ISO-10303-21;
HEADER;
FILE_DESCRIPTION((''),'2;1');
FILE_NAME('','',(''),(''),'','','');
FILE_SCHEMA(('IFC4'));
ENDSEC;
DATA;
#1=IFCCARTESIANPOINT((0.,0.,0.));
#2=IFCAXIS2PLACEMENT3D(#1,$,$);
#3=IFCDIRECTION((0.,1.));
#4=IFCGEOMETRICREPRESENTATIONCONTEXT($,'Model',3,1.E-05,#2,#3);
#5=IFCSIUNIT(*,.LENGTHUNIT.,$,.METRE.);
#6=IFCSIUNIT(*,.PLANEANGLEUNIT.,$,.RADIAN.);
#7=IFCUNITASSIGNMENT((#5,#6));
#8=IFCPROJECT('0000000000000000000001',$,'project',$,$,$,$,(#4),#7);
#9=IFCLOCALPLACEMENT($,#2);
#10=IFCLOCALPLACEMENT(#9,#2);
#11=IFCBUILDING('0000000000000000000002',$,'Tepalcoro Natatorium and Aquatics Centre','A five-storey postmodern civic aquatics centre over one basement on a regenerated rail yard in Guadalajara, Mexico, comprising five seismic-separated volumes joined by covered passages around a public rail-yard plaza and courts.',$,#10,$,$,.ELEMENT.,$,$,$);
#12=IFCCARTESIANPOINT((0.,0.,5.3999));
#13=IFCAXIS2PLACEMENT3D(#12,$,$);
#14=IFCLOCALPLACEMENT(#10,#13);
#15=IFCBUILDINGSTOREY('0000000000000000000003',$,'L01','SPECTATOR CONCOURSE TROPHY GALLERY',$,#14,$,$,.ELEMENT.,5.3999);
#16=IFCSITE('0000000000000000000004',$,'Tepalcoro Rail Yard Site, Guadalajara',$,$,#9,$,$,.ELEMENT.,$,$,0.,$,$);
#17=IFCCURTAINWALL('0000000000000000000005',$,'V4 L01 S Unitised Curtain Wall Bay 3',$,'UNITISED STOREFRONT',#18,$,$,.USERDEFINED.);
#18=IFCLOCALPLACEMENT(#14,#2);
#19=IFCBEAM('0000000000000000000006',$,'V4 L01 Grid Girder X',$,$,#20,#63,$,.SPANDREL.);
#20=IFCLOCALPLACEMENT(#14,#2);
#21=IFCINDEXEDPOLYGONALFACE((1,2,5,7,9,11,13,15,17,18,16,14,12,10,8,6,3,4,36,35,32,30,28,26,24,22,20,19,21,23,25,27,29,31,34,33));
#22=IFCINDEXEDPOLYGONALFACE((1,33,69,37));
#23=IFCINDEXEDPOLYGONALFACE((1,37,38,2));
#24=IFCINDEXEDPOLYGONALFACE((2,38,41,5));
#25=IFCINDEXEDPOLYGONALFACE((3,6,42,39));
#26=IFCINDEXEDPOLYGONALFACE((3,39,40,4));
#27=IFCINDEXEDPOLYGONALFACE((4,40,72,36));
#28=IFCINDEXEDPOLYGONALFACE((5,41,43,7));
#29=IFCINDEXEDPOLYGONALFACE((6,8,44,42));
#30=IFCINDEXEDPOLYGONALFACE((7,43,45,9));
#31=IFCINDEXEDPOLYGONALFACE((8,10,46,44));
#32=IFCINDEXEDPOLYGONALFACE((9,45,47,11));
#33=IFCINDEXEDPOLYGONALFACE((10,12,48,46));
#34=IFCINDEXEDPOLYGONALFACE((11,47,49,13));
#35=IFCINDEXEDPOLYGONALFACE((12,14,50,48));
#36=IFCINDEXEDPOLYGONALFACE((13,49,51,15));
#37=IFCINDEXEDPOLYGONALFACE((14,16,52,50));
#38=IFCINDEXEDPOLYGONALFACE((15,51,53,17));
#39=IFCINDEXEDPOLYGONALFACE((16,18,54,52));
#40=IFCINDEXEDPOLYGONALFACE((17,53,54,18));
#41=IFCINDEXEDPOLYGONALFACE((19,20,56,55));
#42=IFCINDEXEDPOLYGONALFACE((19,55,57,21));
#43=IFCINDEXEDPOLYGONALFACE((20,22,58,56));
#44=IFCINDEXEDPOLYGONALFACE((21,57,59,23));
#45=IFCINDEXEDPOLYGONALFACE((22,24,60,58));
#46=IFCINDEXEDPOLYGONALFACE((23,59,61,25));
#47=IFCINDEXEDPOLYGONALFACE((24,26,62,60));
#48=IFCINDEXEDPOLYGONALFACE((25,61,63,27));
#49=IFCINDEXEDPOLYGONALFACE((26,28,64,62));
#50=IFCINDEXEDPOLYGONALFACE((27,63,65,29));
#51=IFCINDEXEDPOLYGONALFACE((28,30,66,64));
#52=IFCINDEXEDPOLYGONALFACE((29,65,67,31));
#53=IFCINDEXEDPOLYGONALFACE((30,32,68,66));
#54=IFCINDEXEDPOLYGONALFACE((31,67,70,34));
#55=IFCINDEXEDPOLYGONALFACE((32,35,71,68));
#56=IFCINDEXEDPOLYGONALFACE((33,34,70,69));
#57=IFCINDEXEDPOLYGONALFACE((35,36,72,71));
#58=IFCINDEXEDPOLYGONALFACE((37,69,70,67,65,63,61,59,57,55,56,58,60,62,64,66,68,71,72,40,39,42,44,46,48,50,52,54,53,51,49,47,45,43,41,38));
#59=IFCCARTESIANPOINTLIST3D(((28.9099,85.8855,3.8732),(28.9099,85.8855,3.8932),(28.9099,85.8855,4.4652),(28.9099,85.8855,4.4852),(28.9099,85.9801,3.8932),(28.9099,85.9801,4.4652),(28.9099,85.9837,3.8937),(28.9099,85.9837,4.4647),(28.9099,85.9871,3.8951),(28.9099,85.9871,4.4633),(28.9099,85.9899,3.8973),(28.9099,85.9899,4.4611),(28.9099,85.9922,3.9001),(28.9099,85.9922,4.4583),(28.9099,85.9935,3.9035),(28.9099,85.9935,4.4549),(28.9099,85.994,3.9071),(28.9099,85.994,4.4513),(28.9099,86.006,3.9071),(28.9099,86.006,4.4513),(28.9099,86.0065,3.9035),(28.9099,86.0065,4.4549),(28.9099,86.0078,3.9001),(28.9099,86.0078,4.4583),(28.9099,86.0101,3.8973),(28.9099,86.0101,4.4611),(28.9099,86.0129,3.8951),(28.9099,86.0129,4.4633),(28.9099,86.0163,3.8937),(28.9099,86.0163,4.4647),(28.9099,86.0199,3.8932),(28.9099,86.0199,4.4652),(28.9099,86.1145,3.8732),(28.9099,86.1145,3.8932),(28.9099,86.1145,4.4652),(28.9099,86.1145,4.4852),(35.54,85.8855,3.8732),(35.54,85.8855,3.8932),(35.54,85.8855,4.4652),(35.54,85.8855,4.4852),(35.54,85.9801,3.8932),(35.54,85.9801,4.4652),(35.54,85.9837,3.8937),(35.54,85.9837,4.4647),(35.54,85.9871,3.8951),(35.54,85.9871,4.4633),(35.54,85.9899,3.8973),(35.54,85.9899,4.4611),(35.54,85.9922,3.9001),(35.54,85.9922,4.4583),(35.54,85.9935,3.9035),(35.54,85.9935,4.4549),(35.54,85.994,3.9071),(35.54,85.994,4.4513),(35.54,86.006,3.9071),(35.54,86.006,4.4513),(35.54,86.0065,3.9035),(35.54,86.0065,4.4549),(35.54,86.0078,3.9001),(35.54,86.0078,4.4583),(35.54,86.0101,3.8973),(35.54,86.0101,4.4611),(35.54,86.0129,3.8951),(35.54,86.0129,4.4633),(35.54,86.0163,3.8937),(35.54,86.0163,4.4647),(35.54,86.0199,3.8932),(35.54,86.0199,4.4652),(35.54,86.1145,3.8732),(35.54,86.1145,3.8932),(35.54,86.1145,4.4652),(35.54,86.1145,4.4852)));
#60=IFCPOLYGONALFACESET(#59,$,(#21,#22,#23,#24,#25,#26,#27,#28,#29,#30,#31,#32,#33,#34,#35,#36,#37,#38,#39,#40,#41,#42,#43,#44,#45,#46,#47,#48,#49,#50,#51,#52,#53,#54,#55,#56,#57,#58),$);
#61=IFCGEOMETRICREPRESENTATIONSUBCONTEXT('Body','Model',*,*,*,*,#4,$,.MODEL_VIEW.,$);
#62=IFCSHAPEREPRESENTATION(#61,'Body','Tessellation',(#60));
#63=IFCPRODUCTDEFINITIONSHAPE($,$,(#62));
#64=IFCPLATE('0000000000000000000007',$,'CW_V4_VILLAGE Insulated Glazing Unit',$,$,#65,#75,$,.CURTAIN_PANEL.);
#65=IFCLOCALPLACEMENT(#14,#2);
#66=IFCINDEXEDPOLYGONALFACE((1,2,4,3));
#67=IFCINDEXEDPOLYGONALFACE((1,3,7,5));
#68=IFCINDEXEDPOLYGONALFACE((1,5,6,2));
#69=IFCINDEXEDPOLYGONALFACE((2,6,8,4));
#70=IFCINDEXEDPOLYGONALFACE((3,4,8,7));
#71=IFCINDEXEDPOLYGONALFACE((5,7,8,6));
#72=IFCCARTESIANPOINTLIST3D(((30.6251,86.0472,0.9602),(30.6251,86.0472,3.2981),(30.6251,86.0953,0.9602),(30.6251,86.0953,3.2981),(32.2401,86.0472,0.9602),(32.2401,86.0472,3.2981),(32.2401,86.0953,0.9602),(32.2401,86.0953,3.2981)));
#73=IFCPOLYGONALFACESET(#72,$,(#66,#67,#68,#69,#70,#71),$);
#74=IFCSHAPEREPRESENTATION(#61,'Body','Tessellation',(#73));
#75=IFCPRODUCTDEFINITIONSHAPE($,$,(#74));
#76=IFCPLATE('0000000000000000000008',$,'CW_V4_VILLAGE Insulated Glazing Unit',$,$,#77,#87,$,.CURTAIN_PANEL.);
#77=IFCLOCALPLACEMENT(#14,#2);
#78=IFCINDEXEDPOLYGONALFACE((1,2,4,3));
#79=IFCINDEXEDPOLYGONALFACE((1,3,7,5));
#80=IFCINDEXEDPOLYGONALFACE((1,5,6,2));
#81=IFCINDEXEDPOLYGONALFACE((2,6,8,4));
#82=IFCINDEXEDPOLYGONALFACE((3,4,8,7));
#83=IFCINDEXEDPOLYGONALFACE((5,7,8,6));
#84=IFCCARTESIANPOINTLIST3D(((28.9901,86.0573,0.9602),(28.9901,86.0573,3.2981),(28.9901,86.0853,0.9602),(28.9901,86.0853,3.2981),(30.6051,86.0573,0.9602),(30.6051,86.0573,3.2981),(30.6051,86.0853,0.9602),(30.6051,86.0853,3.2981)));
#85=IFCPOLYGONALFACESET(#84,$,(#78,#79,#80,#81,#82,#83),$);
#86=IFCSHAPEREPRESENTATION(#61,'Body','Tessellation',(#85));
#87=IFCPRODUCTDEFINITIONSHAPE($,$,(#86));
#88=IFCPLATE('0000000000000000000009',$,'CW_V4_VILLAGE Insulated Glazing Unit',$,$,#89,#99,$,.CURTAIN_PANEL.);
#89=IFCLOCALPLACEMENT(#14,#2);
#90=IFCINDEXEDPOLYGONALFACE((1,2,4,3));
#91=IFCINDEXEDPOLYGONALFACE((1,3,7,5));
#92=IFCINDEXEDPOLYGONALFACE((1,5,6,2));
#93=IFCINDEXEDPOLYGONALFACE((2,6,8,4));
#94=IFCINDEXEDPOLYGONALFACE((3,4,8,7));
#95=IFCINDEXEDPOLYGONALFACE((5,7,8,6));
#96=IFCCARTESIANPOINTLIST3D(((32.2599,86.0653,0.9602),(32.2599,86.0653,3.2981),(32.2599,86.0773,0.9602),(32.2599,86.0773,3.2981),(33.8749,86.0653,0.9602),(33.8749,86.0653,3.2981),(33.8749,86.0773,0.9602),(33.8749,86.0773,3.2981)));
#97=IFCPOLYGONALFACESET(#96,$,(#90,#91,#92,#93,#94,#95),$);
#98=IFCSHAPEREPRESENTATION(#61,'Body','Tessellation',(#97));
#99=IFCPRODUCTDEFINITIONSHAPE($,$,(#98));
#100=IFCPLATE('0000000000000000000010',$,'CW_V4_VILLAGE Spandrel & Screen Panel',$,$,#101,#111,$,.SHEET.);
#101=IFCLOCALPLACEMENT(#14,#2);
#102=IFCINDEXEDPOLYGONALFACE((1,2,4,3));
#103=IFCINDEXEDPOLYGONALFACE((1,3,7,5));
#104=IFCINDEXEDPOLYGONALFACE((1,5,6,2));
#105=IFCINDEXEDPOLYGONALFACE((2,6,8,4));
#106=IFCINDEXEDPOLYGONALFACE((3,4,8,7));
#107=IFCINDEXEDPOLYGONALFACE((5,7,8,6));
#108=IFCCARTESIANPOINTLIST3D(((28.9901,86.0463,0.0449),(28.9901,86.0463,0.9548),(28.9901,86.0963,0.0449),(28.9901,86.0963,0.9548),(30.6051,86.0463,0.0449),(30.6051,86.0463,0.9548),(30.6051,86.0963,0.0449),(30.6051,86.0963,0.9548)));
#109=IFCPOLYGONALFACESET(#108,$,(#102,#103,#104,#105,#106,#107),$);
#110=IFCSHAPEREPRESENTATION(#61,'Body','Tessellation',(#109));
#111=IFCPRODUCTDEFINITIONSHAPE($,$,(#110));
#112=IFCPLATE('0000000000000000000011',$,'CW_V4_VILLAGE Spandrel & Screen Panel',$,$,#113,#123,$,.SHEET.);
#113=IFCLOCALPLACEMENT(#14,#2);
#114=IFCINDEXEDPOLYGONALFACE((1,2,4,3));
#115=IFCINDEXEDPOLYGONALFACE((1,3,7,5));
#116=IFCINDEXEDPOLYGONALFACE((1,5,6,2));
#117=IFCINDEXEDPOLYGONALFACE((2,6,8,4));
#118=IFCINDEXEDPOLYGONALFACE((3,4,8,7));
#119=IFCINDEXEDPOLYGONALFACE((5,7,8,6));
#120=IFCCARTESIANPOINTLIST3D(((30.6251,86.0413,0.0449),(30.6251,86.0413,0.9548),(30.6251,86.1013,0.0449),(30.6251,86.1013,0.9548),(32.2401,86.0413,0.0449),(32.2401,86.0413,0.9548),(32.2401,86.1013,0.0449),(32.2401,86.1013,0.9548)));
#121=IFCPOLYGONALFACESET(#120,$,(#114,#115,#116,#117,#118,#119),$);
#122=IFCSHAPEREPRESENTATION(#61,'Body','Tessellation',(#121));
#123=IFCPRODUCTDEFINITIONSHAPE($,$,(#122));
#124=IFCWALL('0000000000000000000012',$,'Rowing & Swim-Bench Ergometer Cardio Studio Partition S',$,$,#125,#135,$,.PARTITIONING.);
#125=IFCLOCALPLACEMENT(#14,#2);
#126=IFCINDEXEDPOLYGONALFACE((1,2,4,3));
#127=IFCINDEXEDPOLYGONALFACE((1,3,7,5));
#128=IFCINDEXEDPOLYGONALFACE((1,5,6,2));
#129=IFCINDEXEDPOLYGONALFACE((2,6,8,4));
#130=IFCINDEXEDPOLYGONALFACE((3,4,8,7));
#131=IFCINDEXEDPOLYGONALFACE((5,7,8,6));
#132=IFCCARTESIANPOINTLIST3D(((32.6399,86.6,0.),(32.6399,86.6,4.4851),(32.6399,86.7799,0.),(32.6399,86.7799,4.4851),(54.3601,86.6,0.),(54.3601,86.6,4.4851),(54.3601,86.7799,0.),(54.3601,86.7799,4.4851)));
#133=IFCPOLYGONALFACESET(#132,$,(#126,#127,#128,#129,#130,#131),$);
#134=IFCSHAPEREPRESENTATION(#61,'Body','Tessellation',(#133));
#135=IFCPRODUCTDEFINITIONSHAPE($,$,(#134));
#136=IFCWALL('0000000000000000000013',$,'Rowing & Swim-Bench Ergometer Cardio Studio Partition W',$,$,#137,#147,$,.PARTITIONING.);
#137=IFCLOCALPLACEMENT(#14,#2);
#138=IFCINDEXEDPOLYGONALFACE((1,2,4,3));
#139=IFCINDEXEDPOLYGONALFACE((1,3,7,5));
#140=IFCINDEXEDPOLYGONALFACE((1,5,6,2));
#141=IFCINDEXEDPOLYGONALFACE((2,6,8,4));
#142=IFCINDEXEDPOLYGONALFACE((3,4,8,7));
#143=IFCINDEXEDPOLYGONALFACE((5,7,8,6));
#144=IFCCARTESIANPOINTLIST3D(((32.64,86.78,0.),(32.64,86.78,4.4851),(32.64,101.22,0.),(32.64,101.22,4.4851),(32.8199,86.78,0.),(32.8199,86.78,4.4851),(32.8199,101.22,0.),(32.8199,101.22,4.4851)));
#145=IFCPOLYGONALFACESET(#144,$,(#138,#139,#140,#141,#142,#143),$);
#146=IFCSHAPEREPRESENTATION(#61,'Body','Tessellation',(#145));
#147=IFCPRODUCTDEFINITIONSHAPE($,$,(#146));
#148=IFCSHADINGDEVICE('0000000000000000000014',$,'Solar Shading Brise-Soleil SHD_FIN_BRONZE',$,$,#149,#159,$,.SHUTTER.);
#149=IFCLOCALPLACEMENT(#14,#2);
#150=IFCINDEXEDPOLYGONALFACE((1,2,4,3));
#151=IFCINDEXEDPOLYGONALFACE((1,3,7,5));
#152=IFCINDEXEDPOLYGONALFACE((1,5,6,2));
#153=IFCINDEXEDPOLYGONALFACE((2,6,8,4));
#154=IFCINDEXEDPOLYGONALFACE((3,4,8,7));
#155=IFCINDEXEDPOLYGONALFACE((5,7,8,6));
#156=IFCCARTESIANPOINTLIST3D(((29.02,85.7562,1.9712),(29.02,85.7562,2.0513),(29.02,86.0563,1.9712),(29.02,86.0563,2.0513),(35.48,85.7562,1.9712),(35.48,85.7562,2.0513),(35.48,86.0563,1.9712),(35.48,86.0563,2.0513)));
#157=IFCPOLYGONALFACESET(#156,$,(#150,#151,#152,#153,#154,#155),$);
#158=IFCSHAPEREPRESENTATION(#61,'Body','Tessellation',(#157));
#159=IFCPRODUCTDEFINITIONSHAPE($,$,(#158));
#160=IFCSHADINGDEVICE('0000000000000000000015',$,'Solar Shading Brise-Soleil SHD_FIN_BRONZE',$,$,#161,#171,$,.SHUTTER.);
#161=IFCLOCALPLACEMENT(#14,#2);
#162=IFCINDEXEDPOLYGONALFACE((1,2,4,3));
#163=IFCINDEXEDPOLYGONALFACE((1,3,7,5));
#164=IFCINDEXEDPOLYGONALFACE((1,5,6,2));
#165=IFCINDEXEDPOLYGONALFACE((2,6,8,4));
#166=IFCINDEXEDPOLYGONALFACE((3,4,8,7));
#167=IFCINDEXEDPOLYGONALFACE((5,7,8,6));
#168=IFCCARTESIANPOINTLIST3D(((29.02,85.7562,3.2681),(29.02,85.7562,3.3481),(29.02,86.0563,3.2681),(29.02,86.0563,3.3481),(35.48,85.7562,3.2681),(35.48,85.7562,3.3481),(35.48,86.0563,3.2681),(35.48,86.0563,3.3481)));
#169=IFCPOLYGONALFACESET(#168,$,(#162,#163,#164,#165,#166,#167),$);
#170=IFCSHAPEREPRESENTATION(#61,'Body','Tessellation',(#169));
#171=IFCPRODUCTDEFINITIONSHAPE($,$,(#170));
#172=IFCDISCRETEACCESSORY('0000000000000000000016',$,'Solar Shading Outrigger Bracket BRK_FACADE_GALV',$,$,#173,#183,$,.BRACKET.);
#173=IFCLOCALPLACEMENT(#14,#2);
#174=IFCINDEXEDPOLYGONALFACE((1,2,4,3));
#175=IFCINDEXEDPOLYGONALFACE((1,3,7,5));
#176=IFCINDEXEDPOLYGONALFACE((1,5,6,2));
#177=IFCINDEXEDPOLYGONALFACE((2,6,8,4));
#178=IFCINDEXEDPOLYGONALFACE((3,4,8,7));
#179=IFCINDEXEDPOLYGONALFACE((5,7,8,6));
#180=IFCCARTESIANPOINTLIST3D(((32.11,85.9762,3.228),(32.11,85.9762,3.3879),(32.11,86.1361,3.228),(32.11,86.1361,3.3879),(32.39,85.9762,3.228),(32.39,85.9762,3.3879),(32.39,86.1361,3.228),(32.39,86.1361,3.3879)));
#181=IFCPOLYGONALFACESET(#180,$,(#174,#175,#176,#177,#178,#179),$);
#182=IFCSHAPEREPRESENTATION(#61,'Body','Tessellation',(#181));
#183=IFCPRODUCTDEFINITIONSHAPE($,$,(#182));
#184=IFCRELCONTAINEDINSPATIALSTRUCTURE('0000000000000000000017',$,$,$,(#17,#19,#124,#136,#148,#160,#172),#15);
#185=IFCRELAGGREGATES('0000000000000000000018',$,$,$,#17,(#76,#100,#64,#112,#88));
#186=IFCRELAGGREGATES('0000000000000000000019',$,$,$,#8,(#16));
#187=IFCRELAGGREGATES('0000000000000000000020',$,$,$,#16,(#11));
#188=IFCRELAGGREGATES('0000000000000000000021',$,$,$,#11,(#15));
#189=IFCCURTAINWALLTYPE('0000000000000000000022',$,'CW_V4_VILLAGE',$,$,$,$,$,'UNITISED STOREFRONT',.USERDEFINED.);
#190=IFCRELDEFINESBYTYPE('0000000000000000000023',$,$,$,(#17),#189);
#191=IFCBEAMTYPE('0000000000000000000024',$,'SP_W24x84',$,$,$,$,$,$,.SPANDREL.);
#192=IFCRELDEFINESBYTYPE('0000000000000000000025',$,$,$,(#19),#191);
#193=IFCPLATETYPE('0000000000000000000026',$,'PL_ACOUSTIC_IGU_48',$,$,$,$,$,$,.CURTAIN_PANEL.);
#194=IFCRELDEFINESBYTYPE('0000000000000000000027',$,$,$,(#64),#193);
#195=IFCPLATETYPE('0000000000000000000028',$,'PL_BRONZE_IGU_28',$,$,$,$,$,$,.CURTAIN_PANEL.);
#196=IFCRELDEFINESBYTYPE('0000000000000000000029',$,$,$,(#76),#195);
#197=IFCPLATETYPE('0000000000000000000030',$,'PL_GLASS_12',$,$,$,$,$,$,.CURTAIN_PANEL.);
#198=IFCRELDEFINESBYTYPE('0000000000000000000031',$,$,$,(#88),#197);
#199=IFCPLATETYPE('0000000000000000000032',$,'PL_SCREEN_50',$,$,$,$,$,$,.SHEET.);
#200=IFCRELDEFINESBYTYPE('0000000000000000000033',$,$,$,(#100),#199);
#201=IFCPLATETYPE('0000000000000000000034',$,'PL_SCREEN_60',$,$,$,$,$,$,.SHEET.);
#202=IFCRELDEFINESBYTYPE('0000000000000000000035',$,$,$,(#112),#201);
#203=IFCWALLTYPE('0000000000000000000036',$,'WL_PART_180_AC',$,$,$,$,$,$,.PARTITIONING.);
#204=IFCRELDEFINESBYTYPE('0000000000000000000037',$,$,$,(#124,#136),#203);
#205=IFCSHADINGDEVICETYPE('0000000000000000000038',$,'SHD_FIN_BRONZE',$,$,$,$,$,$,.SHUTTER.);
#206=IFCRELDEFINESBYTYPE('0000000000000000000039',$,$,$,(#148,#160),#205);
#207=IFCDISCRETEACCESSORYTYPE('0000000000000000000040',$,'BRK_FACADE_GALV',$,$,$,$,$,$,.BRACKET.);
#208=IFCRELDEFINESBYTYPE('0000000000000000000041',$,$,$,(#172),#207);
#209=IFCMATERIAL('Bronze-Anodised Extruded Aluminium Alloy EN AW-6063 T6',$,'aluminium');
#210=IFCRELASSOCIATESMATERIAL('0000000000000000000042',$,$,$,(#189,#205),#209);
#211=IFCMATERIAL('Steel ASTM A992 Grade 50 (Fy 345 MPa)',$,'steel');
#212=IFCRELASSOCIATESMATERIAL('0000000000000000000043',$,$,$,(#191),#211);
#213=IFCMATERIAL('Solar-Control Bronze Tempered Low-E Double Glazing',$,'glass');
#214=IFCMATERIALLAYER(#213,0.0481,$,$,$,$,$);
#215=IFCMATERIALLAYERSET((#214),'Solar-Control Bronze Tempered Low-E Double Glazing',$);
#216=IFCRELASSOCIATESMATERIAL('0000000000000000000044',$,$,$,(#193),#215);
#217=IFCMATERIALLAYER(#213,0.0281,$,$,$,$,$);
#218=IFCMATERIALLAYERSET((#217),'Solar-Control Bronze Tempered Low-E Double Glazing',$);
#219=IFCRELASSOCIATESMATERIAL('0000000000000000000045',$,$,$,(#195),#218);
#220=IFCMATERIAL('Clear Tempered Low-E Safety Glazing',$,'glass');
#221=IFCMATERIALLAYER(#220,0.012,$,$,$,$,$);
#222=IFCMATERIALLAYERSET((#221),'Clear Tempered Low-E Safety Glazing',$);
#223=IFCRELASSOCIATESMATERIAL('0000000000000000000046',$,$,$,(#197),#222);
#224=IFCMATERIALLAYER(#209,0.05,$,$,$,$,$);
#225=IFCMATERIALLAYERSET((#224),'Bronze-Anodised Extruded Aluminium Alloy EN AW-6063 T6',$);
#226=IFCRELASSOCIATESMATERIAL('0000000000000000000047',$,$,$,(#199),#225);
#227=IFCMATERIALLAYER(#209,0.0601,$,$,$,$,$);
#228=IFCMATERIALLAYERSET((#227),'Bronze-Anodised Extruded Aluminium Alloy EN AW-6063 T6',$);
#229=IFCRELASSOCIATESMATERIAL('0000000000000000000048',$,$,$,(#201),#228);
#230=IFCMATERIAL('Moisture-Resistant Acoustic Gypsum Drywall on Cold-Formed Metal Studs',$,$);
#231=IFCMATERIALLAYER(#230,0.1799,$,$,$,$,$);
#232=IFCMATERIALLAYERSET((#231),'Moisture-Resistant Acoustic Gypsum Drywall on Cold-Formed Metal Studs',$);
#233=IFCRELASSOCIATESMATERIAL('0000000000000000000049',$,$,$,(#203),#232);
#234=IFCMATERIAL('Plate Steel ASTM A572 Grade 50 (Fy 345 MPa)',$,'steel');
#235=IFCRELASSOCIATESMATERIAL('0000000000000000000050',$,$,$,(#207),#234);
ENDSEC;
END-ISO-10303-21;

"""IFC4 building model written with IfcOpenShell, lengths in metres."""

from ifc_helpers import new_model, si_unit, direction, frame, frame_2d, origin, origin_2d, place, context, subcontext, project, spatial, rectangle, i_section, extrude, material, layer, layer_set, material_profile, profile_set, type_object, element, aggregate, save


model = new_model("IFC4")

# Units and contexts
model_context = context("Model", 3, precision=1e-05, world=origin(), true_north=direction((0.0, 1.0)))
body_context = subcontext(model_context, "Body", "Model", "MODEL_VIEW")
ifc_project = project(units=[si_unit("LENGTHUNIT", "METRE"), si_unit("PLANEANGLEUNIT", "RADIAN")], contexts=[model_context])

# Site, building, storey
site_placement = place(None, origin())
site = spatial("IfcSite", under=ifc_project, at=site_placement, Name="Tepalcoro Rail Yard Site, Guadalajara", CompositionType="ELEMENT", RefElevation=0.0)
building_placement = place(site_placement, origin())
building = spatial("IfcBuilding", under=site, at=building_placement, Name="Tepalcoro Natatorium and Aquatics Centre", Description="A five-storey postmodern civic aquatics centre over one basement on a regenerated rail yard in Guadalajara, Mexico, comprising five seismic-separated volumes joined by covered passages around a public rail-yard plaza and courts.", CompositionType="ELEMENT")
storey_placement = place(building_placement, frame((0.0, 0.0, 5.3999)))
storey = spatial("IfcBuildingStorey", under=building, at=storey_placement, Name="L01", Description="SPECTATOR CONCOURSE TROPHY GALLERY", CompositionType="ELEMENT", Elevation=5.3999)

# Shared definitions
ifc_material_1 = material(Name="Steel ASTM A992 Grade 50 (Fy 345 MPa)", Category="steel")

# Curtain wall
ifc_material_2 = material(Name="Bronze-Anodised Extruded Aluminium Alloy EN AW-6063 T6", Category="aluminium")
curtain_wall_type = type_object("IfcCurtainWallType", Name="CW_V4_VILLAGE", ElementType="UNITISED STOREFRONT", PredefinedType="USERDEFINED", material=ifc_material_2)
curtain_wall_placement = place(storey_placement, origin())
curtain_wall = element("IfcCurtainWall", 1, at=curtain_wall_placement, inside=storey, type_object=curtain_wall_type, Name="V4 L01 S Unitised Curtain Wall Bay 3", ObjectType="UNITISED STOREFRONT", PredefinedType="USERDEFINED")

# Beam
ifc_material_profile_1 = material_profile(ifc_material_1, i_section(OverallWidth=0.229, OverallDepth=0.6121, WebThickness=0.012, FlangeThickness=0.02, FilletRadius=0.0139, at=origin_2d()), Name="W24X84")
ifc_profile_set_1 = profile_set([ifc_material_profile_1], Name="Steel ASTM A992 Grade 50 (Fy 345 MPa)")
beam_type_1 = type_object("IfcBeamType", Name="SP_W24x84", PredefinedType="SPANDREL", material=ifc_profile_set_1)
beam_1_placement = place(storey_placement, frame((28.9099, 86.0, 4.1792), z_axis=(1.0, 0.0, 0.0), x_axis=(0.0, 1.0, 0.0)))
element("IfcBeam", 2, at=beam_1_placement, inside=storey, type_object=beam_type_1, Name="V4 L01 Grid Girder X", PredefinedType="SPANDREL", context=body_context, shape_type="SweptSolid", body=[
    extrude(i_section(OverallWidth=0.229, OverallDepth=0.6121, WebThickness=0.012, FlangeThickness=0.02, FilletRadius=0.0139, at=origin_2d()), origin(), (0.0, 0.0, 1.0), 6.6301),
])

# Plates
ifc_material_3 = material(Name="Solar-Control Bronze Tempered Low-E Double Glazing", Category="glass")
ifc_layer_1 = layer(ifc_material_3, 0.0481)
ifc_layer_set_1 = layer_set([ifc_layer_1], Name="Solar-Control Bronze Tempered Low-E Double Glazing")
plate_type_1 = type_object("IfcPlateType", Name="PL_ACOUSTIC_IGU_48", PredefinedType="CURTAIN_PANEL", material=ifc_layer_set_1)
plate_1_placement = place(storey_placement, frame((31.4326, 86.0713, 0.9602), z_axis=(0.0, 0.0, 1.0), x_axis=(1.0, 0.0, 0.0)))
plate_1 = element("IfcPlate", 3, at=plate_1_placement, type_object=plate_type_1, Name="CW_V4_VILLAGE Insulated Glazing Unit", PredefinedType="CURTAIN_PANEL", context=body_context, shape_type="SweptSolid", body=[
    extrude(rectangle(XDim=1.615, YDim=0.0481, at=origin_2d()), origin(), (0.0, 0.0, 1.0), 2.3379),
])
ifc_layer_2 = layer(ifc_material_3, 0.0281)
ifc_layer_set_2 = layer_set([ifc_layer_2], Name="Solar-Control Bronze Tempered Low-E Double Glazing")
plate_type_2 = type_object("IfcPlateType", Name="PL_BRONZE_IGU_28", PredefinedType="CURTAIN_PANEL", material=ifc_layer_set_2)
plate_2_placement = place(storey_placement, frame((29.7976, 86.0713, 0.9602), z_axis=(0.0, 0.0, 1.0), x_axis=(1.0, 0.0, 0.0)))
plate_2 = element("IfcPlate", 4, at=plate_2_placement, type_object=plate_type_2, Name="CW_V4_VILLAGE Insulated Glazing Unit", PredefinedType="CURTAIN_PANEL", context=body_context, shape_type="SweptSolid", body=[
    extrude(rectangle(XDim=1.615, YDim=0.0281, at=origin_2d()), origin(), (0.0, 0.0, 1.0), 2.3379),
])
ifc_material_4 = material(Name="Clear Tempered Low-E Safety Glazing", Category="glass")
ifc_layer_3 = layer(ifc_material_4, 0.012)
ifc_layer_set_3 = layer_set([ifc_layer_3], Name="Clear Tempered Low-E Safety Glazing")
plate_type_3 = type_object("IfcPlateType", Name="PL_GLASS_12", PredefinedType="CURTAIN_PANEL", material=ifc_layer_set_3)
plate_3_placement = place(storey_placement, frame((33.0674, 86.0713, 0.9602), z_axis=(0.0, 0.0, 1.0), x_axis=(1.0, 0.0, 0.0)))
plate_3 = element("IfcPlate", 5, at=plate_3_placement, type_object=plate_type_3, Name="CW_V4_VILLAGE Insulated Glazing Unit", PredefinedType="CURTAIN_PANEL", context=body_context, shape_type="SweptSolid", body=[
    extrude(rectangle(XDim=1.615, YDim=0.012, at=origin_2d()), origin(), (0.0, 0.0, 1.0), 2.3379),
])
ifc_layer_4 = layer(ifc_material_2, 0.05)
ifc_layer_set_4 = layer_set([ifc_layer_4], Name="Bronze-Anodised Extruded Aluminium Alloy EN AW-6063 T6")
plate_type_4 = type_object("IfcPlateType", Name="PL_SCREEN_50", PredefinedType="SHEET", material=ifc_layer_set_4)
plate_4_placement = place(storey_placement, frame((29.7976, 86.0713, 0.0449), z_axis=(0.0, 0.0, 1.0), x_axis=(1.0, 0.0, 0.0)))
plate_4 = element("IfcPlate", 6, at=plate_4_placement, type_object=plate_type_4, Name="CW_V4_VILLAGE Spandrel & Screen Panel", PredefinedType="SHEET", context=body_context, shape_type="SweptSolid", body=[
    extrude(rectangle(XDim=1.615, YDim=0.05, at=origin_2d()), origin(), (0.0, 0.0, 1.0), 0.9099),
])
ifc_layer_5 = layer(ifc_material_2, 0.0601)
ifc_layer_set_5 = layer_set([ifc_layer_5], Name="Bronze-Anodised Extruded Aluminium Alloy EN AW-6063 T6")
plate_type_5 = type_object("IfcPlateType", Name="PL_SCREEN_60", PredefinedType="SHEET", material=ifc_layer_set_5)
plate_5_placement = place(storey_placement, frame((31.4326, 86.0713, 0.0449), z_axis=(0.0, 0.0, 1.0), x_axis=(1.0, 0.0, 0.0)))
plate_5 = element("IfcPlate", 7, at=plate_5_placement, type_object=plate_type_5, Name="CW_V4_VILLAGE Spandrel & Screen Panel", PredefinedType="SHEET", context=body_context, shape_type="SweptSolid", body=[
    extrude(rectangle(XDim=1.615, YDim=0.0601, at=origin_2d()), origin(), (0.0, 0.0, 1.0), 0.9099),
])
aggregate(curtain_wall, [plate_2, plate_4, plate_1, plate_5, plate_3])

# Walls
ifc_material_5 = material(Name="Moisture-Resistant Acoustic Gypsum Drywall on Cold-Formed Metal Studs")
ifc_layer_6 = layer(ifc_material_5, 0.1799)
ifc_layer_set_6 = layer_set([ifc_layer_6], Name="Moisture-Resistant Acoustic Gypsum Drywall on Cold-Formed Metal Studs")
wall_type = type_object("IfcWallType", Name="WL_PART_180_AC", PredefinedType="PARTITIONING", material=ifc_layer_set_6)
wall_1_placement = place(storey_placement, frame((32.6399, 86.6899, 0.0), z_axis=(0.0, 0.0, 1.0), x_axis=(1.0, 0.0, 0.0)))
element("IfcWall", 8, at=wall_1_placement, inside=storey, type_object=wall_type, Name="Rowing & Swim-Bench Ergometer Cardio Studio Partition S", PredefinedType="PARTITIONING", context=body_context, shape_type="SweptSolid", body=[
    extrude(rectangle(XDim=21.7202, YDim=0.1799, at=frame_2d((10.8601, 0.0))), origin(), (0.0, 0.0, 1.0), 4.4851),
])
wall_2_placement = place(storey_placement, frame((32.73, 86.78, 0.0), z_axis=(0.0, 0.0, 1.0), x_axis=(0.0, 1.0, 0.0)))
element("IfcWall", 9, at=wall_2_placement, inside=storey, type_object=wall_type, Name="Rowing & Swim-Bench Ergometer Cardio Studio Partition W", PredefinedType="PARTITIONING", context=body_context, shape_type="SweptSolid", body=[
    extrude(rectangle(XDim=14.4399, YDim=0.1799, at=frame_2d((7.22, 0.0))), origin(), (0.0, 0.0, 1.0), 4.4851),
])

# Shading devices
shading_device_type = type_object("IfcShadingDeviceType", Name="SHD_FIN_BRONZE", PredefinedType="SHUTTER", material=ifc_material_2)
for number, where, z_axis, x_axis, name in (
    (10, (32.25, 85.9062, 1.9712), (0.0, 0.0, 1.0), (1.0, 0.0, 0.0), "Solar Shading Brise-Soleil SHD_FIN_BRONZE"),
    (11, (32.25, 85.9062, 3.2681), (0.0, 0.0, 1.0), (1.0, 0.0, 0.0), "Solar Shading Brise-Soleil SHD_FIN_BRONZE"),
):
    element("IfcShadingDevice", number, at=place(storey_placement, frame(where, z_axis=z_axis, x_axis=x_axis)), inside=storey, type_object=shading_device_type, Name=name, PredefinedType="SHUTTER", context=body_context, shape_type="SweptSolid", body=[
        extrude(rectangle(XDim=6.46, YDim=0.3, at=origin_2d()), origin(), (0.0, 0.0, 1.0), 0.0801),
    ])

# Discrete accessory
ifc_material_6 = material(Name="Plate Steel ASTM A572 Grade 50 (Fy 345 MPa)", Category="steel")
discrete_accessory_type = type_object("IfcDiscreteAccessoryType", Name="BRK_FACADE_GALV", PredefinedType="BRACKET", material=ifc_material_6)
discrete_accessory_placement = place(storey_placement, frame((32.25, 86.0562, 3.228), z_axis=(0.0, 0.0, 1.0), x_axis=(1.0, 0.0, 0.0)))
element("IfcDiscreteAccessory", 12, at=discrete_accessory_placement, inside=storey, type_object=discrete_accessory_type, Name="Solar Shading Outrigger Bracket BRK_FACADE_GALV", PredefinedType="BRACKET", context=body_context, shape_type="SweptSolid", body=[
    extrude(rectangle(XDim=0.28, YDim=0.1599, at=origin_2d()), origin(), (0.0, 0.0, 1.0), 0.1599),
])

save(model, "model.ifc")
